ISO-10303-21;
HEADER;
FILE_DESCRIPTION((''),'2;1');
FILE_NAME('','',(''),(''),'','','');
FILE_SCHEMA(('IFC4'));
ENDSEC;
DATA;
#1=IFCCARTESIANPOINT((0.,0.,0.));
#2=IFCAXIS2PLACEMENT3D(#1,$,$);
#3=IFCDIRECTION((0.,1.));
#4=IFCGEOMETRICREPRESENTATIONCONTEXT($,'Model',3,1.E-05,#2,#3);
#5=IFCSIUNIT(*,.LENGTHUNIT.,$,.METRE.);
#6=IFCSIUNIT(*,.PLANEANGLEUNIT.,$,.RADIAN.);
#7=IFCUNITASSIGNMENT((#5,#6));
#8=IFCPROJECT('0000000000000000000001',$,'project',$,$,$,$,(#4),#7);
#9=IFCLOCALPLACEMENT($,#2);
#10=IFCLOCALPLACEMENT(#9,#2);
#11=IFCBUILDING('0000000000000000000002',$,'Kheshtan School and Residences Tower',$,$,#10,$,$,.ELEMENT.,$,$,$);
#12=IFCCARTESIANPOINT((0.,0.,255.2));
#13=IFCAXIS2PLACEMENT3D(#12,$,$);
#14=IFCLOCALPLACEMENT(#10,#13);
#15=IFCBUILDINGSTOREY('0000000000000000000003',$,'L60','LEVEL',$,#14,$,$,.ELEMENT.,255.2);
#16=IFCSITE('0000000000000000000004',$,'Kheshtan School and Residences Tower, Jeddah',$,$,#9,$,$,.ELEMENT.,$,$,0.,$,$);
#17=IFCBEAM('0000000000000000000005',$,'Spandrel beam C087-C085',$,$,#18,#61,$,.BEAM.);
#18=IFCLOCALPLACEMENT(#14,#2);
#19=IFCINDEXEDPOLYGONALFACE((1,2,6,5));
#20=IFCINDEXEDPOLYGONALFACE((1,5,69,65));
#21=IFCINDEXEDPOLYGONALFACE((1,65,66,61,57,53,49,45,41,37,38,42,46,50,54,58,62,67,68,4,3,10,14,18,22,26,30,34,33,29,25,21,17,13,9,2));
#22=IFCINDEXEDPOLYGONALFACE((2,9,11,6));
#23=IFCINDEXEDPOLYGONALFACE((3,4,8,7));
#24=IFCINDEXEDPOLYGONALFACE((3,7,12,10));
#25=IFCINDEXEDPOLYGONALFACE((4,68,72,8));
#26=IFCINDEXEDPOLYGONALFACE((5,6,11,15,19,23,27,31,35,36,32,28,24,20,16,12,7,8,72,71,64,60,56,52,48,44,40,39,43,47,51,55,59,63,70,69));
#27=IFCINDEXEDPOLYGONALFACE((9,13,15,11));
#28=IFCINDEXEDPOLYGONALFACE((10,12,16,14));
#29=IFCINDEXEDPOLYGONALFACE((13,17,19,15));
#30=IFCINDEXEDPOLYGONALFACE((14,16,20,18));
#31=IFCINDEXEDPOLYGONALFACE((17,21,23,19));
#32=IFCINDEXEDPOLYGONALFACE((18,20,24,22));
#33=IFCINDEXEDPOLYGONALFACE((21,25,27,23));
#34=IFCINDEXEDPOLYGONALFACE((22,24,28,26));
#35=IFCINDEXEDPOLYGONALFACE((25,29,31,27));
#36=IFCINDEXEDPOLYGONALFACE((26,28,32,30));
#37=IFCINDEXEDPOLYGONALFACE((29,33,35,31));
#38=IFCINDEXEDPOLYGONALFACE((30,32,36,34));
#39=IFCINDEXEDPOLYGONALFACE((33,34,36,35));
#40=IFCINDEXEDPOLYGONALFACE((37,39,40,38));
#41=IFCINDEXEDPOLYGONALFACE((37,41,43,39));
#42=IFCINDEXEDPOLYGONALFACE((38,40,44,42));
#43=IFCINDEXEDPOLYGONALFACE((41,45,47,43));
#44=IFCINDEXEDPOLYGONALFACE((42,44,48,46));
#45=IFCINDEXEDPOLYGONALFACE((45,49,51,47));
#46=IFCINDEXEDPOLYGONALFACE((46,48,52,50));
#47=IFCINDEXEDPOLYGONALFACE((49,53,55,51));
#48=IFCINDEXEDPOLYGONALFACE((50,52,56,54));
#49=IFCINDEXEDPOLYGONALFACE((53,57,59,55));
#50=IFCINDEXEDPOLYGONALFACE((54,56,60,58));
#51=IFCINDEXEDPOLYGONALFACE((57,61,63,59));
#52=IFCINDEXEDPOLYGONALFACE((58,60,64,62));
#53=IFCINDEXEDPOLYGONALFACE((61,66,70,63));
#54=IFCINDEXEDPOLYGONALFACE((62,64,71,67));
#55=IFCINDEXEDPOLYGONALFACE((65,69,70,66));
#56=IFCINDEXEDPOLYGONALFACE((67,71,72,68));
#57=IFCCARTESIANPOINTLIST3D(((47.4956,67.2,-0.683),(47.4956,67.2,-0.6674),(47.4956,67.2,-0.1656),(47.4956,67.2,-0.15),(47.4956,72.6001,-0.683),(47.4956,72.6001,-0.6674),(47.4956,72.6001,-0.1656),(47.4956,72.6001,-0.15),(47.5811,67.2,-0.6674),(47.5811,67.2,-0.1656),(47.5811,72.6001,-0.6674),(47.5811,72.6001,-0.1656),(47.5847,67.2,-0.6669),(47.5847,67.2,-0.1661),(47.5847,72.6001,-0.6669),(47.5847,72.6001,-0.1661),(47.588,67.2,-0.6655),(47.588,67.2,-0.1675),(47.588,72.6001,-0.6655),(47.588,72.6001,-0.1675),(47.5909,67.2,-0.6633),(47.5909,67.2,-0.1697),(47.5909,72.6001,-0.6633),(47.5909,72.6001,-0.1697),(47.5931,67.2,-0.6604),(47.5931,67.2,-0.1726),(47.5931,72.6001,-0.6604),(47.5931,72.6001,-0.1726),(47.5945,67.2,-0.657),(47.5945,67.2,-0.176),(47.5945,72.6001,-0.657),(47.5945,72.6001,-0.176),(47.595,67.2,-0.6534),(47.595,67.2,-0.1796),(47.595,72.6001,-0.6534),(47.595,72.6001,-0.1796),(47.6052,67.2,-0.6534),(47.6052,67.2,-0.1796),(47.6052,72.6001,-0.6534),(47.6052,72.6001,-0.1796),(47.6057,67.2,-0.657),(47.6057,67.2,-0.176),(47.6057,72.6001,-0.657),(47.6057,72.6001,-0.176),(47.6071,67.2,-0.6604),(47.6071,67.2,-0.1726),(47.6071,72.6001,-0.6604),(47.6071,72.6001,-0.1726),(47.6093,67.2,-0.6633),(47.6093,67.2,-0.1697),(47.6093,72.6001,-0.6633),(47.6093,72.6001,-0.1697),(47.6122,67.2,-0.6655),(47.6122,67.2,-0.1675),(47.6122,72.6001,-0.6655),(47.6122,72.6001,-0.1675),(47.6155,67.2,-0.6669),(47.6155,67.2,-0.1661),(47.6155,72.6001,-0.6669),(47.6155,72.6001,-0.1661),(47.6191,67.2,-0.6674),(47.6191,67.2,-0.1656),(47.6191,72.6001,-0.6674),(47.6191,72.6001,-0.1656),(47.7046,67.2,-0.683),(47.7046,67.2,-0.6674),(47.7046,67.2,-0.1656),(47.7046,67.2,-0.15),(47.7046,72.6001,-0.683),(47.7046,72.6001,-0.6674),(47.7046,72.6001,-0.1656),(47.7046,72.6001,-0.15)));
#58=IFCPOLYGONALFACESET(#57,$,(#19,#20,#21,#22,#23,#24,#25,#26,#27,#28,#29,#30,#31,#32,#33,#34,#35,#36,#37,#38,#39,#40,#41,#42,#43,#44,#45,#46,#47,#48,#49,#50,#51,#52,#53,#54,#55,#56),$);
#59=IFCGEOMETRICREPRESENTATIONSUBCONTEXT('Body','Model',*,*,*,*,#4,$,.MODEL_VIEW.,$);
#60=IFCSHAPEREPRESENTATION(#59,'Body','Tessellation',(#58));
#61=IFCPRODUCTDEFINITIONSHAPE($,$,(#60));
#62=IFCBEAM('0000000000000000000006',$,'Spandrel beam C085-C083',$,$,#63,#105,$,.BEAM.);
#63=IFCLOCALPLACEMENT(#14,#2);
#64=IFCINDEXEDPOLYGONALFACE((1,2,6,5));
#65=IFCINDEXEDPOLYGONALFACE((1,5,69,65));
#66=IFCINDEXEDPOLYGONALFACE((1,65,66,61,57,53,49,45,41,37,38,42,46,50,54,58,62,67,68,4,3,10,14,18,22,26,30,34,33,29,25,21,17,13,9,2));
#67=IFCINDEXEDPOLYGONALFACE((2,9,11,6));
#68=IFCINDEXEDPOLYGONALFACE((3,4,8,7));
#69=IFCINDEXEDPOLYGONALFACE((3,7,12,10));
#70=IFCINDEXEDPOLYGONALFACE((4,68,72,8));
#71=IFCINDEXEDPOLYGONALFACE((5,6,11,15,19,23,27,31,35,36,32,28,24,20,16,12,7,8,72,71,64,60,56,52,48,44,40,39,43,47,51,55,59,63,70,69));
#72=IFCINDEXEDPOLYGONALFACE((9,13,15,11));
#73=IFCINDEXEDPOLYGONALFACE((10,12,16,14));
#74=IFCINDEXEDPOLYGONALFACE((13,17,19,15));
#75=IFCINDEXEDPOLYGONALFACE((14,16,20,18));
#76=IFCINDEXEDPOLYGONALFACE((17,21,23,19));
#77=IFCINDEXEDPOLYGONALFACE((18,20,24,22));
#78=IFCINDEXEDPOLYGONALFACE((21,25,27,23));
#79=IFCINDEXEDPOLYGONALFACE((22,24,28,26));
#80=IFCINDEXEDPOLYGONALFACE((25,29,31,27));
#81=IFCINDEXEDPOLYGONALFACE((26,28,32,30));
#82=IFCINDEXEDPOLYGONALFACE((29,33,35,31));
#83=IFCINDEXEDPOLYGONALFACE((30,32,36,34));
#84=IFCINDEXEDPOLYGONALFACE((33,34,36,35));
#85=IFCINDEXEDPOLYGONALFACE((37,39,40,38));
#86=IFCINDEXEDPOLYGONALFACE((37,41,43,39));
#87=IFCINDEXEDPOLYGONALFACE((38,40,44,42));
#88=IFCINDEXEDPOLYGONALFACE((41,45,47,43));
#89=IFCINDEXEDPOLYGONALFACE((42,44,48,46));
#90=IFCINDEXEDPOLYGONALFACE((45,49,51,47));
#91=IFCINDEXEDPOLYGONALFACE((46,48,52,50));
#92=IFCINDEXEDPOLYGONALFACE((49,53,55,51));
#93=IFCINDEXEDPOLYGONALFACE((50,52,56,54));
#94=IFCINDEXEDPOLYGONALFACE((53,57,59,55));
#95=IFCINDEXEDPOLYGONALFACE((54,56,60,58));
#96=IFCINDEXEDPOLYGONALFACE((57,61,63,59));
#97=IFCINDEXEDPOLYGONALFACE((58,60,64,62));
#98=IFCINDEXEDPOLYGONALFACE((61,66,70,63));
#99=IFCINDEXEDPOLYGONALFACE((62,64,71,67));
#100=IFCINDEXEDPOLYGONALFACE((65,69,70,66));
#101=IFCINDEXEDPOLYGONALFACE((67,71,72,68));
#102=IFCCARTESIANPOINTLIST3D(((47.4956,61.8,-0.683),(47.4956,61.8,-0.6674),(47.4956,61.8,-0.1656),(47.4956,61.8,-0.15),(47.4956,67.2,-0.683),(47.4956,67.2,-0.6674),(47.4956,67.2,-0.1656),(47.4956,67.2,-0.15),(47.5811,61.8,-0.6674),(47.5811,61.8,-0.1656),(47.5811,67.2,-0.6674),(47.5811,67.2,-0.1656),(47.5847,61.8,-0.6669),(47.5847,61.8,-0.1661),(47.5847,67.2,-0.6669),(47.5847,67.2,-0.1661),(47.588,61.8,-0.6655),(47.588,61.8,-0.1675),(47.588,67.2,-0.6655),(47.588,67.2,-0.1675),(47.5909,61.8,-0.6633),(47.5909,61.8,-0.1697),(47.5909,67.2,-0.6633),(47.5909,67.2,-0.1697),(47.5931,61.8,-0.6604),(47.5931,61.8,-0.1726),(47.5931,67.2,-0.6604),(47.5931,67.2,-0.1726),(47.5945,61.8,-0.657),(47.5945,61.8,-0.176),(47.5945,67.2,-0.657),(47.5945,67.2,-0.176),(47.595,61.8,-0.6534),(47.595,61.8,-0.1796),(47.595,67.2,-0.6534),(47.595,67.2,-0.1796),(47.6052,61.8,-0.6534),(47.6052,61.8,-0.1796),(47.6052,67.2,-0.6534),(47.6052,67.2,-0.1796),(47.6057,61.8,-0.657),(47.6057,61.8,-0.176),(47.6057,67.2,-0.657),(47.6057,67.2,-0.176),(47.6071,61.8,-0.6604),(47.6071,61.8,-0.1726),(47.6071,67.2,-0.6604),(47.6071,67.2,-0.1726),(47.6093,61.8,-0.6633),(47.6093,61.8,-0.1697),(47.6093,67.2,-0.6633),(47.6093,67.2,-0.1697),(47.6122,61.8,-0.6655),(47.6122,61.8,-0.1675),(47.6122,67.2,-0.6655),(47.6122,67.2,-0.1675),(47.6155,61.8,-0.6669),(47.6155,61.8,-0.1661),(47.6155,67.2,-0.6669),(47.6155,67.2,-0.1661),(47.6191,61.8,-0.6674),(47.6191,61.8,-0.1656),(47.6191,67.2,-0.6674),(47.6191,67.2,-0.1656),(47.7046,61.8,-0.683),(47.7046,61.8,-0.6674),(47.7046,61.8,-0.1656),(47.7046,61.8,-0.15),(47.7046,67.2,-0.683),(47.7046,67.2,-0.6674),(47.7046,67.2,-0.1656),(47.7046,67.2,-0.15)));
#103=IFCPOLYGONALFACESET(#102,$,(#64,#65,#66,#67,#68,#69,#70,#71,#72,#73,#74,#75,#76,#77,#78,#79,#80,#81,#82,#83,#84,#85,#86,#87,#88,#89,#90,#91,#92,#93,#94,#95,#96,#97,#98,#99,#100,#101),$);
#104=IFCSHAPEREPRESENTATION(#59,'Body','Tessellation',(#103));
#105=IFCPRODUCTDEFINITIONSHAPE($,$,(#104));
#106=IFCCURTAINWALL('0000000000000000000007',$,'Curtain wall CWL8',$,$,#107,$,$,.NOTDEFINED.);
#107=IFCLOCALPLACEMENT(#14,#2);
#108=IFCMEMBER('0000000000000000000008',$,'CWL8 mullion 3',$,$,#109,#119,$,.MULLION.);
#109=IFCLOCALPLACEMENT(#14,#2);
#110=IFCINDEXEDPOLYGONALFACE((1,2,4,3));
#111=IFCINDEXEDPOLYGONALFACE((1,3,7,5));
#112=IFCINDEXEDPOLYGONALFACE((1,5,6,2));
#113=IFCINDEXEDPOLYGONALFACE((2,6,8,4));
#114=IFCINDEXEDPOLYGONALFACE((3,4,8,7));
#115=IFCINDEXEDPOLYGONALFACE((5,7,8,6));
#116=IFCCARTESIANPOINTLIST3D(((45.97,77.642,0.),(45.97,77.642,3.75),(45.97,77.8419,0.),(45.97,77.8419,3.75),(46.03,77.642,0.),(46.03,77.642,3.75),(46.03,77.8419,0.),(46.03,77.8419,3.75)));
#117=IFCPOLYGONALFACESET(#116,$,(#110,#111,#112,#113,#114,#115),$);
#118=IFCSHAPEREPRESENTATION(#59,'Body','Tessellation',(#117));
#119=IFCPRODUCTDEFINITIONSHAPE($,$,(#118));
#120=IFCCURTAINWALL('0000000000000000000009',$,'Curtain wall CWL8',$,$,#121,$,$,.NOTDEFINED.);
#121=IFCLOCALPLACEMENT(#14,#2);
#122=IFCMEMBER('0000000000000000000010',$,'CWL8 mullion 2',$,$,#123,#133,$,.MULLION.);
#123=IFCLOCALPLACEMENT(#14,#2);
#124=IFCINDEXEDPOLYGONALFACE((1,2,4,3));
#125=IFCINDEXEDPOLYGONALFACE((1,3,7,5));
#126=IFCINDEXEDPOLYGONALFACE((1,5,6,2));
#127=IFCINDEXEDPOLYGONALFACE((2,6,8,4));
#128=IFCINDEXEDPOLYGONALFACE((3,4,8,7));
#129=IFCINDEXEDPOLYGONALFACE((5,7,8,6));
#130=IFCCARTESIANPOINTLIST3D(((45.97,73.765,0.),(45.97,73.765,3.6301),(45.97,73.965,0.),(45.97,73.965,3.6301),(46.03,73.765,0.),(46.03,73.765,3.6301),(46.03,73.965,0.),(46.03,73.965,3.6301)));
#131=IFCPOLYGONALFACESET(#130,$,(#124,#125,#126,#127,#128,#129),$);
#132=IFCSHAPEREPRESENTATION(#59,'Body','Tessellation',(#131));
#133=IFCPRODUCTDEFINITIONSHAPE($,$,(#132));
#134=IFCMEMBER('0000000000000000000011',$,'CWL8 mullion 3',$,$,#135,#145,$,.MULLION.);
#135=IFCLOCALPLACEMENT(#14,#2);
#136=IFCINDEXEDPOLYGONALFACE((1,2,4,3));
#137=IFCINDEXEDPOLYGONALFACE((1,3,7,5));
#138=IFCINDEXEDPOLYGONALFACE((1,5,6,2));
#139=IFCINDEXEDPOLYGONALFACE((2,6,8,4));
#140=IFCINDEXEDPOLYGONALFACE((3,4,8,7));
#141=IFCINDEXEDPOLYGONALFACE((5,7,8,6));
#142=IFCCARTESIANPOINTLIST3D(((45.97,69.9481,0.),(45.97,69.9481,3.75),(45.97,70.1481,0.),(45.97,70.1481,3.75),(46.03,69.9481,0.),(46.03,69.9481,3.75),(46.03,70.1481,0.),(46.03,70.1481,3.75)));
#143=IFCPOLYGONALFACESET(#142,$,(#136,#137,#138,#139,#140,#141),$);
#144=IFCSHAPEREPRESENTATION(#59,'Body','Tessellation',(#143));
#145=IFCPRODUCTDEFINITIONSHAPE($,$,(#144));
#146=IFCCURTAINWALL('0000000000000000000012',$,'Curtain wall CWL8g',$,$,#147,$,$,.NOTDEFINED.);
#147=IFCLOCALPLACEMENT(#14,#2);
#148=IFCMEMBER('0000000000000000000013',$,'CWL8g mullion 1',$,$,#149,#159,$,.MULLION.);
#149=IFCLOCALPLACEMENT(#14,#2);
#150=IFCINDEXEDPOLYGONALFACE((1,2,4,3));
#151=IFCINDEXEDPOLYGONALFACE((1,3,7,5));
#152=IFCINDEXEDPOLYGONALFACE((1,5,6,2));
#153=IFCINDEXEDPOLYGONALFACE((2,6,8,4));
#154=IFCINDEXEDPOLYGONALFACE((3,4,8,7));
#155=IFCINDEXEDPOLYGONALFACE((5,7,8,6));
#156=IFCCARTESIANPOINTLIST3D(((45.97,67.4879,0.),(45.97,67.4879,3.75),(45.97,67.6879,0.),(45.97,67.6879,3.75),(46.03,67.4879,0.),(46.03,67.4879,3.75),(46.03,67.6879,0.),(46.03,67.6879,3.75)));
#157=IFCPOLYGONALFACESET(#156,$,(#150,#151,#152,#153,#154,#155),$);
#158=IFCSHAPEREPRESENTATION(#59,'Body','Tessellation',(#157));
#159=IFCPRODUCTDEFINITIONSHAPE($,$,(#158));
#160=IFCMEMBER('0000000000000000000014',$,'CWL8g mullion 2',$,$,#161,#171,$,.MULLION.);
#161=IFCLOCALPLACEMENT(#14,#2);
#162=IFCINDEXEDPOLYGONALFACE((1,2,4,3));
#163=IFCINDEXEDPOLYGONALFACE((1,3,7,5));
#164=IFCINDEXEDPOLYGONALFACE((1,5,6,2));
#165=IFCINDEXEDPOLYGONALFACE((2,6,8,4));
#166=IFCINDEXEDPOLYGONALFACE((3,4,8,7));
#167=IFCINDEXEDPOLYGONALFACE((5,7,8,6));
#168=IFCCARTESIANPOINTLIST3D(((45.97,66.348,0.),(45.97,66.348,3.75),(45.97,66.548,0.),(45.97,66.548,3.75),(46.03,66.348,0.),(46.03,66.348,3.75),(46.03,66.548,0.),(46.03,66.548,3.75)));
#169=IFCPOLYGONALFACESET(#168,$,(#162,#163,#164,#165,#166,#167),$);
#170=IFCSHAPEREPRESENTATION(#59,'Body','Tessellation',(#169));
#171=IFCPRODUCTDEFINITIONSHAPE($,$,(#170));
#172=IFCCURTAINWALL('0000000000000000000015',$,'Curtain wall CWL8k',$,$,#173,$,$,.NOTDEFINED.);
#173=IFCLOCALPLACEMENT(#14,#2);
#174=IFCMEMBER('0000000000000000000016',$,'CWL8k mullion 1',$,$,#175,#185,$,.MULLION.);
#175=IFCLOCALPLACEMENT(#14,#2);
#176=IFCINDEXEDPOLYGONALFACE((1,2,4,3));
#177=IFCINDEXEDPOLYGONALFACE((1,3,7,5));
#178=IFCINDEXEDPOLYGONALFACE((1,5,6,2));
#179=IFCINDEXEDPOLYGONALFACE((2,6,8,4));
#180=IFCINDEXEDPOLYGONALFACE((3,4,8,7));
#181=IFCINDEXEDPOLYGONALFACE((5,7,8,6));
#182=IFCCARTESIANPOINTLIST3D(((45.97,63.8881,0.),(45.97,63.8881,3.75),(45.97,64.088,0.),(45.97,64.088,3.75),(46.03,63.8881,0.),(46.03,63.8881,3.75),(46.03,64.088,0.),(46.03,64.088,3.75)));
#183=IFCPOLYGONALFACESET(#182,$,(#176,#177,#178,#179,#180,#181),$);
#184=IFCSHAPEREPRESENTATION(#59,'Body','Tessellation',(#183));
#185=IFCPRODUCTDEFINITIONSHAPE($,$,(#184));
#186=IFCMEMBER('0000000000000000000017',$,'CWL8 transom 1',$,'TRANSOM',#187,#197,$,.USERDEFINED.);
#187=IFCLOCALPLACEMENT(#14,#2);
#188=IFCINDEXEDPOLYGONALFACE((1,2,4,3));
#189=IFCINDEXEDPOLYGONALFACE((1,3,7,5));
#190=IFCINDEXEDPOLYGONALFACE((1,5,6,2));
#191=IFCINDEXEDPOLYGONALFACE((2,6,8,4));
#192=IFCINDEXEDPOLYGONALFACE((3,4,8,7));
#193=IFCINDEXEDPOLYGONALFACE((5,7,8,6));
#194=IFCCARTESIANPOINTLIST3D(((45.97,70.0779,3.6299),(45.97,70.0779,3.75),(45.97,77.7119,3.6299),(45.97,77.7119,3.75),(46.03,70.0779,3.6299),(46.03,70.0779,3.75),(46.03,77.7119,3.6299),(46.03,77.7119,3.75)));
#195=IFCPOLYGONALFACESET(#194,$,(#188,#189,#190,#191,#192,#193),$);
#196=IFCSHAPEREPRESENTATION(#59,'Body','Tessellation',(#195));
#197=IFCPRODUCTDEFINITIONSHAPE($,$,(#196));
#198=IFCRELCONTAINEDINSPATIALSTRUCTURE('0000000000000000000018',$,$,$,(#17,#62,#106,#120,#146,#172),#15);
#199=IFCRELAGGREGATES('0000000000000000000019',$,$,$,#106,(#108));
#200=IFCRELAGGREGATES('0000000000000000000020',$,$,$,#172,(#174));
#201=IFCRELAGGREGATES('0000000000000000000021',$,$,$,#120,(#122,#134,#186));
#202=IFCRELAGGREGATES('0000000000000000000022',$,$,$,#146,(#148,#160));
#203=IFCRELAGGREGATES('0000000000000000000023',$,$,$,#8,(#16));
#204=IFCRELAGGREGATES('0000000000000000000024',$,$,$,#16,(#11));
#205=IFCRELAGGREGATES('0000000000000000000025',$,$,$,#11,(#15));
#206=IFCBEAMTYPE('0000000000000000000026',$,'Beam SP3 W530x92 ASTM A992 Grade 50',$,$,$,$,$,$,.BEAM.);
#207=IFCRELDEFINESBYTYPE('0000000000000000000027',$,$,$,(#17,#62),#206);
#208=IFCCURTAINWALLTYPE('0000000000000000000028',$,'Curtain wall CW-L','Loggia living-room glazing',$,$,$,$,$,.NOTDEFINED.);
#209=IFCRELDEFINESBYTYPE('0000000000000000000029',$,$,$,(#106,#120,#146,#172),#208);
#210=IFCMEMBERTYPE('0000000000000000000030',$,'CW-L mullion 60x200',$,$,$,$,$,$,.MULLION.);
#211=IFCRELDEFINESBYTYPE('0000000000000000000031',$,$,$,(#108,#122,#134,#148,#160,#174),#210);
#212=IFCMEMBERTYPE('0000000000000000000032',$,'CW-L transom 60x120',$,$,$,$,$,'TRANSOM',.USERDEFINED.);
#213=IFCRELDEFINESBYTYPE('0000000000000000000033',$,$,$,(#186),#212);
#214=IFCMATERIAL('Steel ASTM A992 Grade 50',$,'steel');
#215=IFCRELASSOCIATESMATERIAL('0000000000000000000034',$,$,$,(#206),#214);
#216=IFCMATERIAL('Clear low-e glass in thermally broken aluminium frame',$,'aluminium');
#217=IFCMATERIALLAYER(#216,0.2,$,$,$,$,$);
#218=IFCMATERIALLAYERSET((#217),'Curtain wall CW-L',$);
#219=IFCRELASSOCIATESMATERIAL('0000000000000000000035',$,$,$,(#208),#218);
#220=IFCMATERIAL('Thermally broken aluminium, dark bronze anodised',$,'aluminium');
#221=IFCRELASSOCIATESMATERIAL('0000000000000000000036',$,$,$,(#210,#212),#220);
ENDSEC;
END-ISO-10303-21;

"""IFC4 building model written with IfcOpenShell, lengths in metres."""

from ifc_helpers import new_model, si_unit, direction, frame, origin, origin_2d, place, context, subcontext, project, spatial, rectangle, i_section, extrude, material, layer, layer_set, material_profile, profile_set, type_object, element, aggregate, save


model = new_model("IFC4")

# Units and contexts
model_context = context("Model", 3, precision=1e-05, world=origin(), true_north=direction((0.0, 1.0)))
body_context = subcontext(model_context, "Body", "Model", "MODEL_VIEW")
ifc_project = project(units=[si_unit("LENGTHUNIT", "METRE"), si_unit("PLANEANGLEUNIT", "RADIAN")], contexts=[model_context])

# Site, building, storey
site_placement = place(None, origin())
site = spatial("IfcSite", under=ifc_project, at=site_placement, Name="Kheshtan School and Residences Tower, Jeddah", CompositionType="ELEMENT", RefElevation=0.0)
building_placement = place(site_placement, origin())
building = spatial("IfcBuilding", under=site, at=building_placement, Name="Kheshtan School and Residences Tower", CompositionType="ELEMENT")
storey_placement = place(building_placement, frame((0.0, 0.0, 255.2)))
storey = spatial("IfcBuildingStorey", under=building, at=storey_placement, Name="L60", Description="LEVEL", CompositionType="ELEMENT", Elevation=255.2)

# Shared definitions
ifc_material_1 = material(Name="Steel ASTM A992 Grade 50", Category="steel")

# Beams
ifc_material_profile_1 = material_profile(ifc_material_1, i_section(OverallWidth=0.209, OverallDepth=0.533, WebThickness=0.0103, FlangeThickness=0.0156, FilletRadius=0.0139, at=origin_2d()), Name="W530x92")
ifc_profile_set_1 = profile_set([ifc_material_profile_1], Name="Steel ASTM A992 Grade 50")
beam_type_1 = type_object("IfcBeamType", Name="Beam SP3 W530x92 ASTM A992 Grade 50", PredefinedType="BEAM", material=ifc_profile_set_1)
beam_1_placement = place(storey_placement, frame((47.6001, 72.6001, -0.4165), z_axis=(0.0, -1.0, 0.0), x_axis=(1.0, 0.0, 0.0)))
element("IfcBeam", 1, at=beam_1_placement, inside=storey, type_object=beam_type_1, Name="Spandrel beam C087-C085", PredefinedType="BEAM", context=body_context, shape_type="SweptSolid", body=[
    extrude(i_section(OverallWidth=0.209, OverallDepth=0.533, WebThickness=0.0103, FlangeThickness=0.0156, FilletRadius=0.0139, at=origin_2d()), origin(), (0.0, 0.0, 1.0), 5.4001),
])
beam_2_placement = place(storey_placement, frame((47.6001, 67.2, -0.4165), z_axis=(0.0, -1.0, 0.0), x_axis=(1.0, 0.0, 0.0)))
element("IfcBeam", 2, at=beam_2_placement, inside=storey, type_object=beam_type_1, Name="Spandrel beam C085-C083", PredefinedType="BEAM", context=body_context, shape_type="SweptSolid", body=[
    extrude(i_section(OverallWidth=0.209, OverallDepth=0.533, WebThickness=0.0103, FlangeThickness=0.0156, FilletRadius=0.0139, at=origin_2d()), origin(), (0.0, 0.0, 1.0), 5.3999),
])

# Curtain wall, member
ifc_material_2 = material(Name="Clear low-e glass in thermally broken aluminium frame", Category="aluminium")
ifc_layer_1 = layer(ifc_material_2, 0.2)
ifc_layer_set_1 = layer_set([ifc_layer_1], Name="Curtain wall CW-L")
curtain_wall_type = type_object("IfcCurtainWallType", Name="Curtain wall CW-L", Description="Loggia living-room glazing", PredefinedType="NOTDEFINED", material=ifc_layer_set_1)
curtain_wall_1_placement = place(storey_placement, origin())
curtain_wall_1 = element("IfcCurtainWall", 3, at=curtain_wall_1_placement, inside=storey, type_object=curtain_wall_type, Name="Curtain wall CWL8", PredefinedType="NOTDEFINED")
ifc_material_3 = material(Name="Thermally broken aluminium, dark bronze anodised", Category="aluminium")
ifc_material_profile_2 = material_profile(ifc_material_3, rectangle(XDim=0.0601, YDim=0.2, at=origin_2d()), Name="CW-L mullion 60x200")
ifc_profile_set_2 = profile_set([ifc_material_profile_2], Name="Thermally broken aluminium, dark bronze anodised")
member_type_1 = type_object("IfcMemberType", Name="CW-L mullion 60x200", PredefinedType="MULLION", material=ifc_profile_set_2)
member_1_placement = place(storey_placement, frame((46.0, 77.7419, 0.0), z_axis=(0.0, 0.0, 1.0), x_axis=(1.0, 0.0, 0.0)))
member_1 = element("IfcMember", 4, at=member_1_placement, type_object=member_type_1, Name="CWL8 mullion 3", PredefinedType="MULLION", context=body_context, shape_type="SweptSolid", body=[
    extrude(rectangle(XDim=0.0601, YDim=0.2, at=origin_2d()), origin(), (0.0, 0.0, 1.0), 3.75),
])
aggregate(curtain_wall_1, [member_1])

# Curtain walls, members
curtain_wall_2_placement = place(storey_placement, origin())
curtain_wall_2 = element("IfcCurtainWall", 5, at=curtain_wall_2_placement, inside=storey, type_object=curtain_wall_type, Name="Curtain wall CWL8", PredefinedType="NOTDEFINED")
member_2_placement = place(storey_placement, frame((46.0, 73.865, 0.0), z_axis=(0.0, 0.0, 1.0), x_axis=(1.0, 0.0, 0.0)))
member_2 = element("IfcMember", 6, at=member_2_placement, type_object=member_type_1, Name="CWL8 mullion 2", PredefinedType="MULLION", context=body_context, shape_type="SweptSolid", body=[
    extrude(rectangle(XDim=0.0601, YDim=0.2, at=origin_2d()), origin(), (0.0, 0.0, 1.0), 3.6301),
])
member_3_placement = place(storey_placement, frame((46.0, 70.0481, 0.0), z_axis=(0.0, 0.0, 1.0), x_axis=(1.0, 0.0, 0.0)))
member_3 = element("IfcMember", 7, at=member_3_placement, type_object=member_type_1, Name="CWL8 mullion 3", PredefinedType="MULLION", context=body_context, shape_type="SweptSolid", body=[
    extrude(rectangle(XDim=0.0601, YDim=0.2, at=origin_2d()), origin(), (0.0, 0.0, 1.0), 3.75),
])
curtain_wall_3_placement = place(storey_placement, origin())
curtain_wall_3 = element("IfcCurtainWall", 8, at=curtain_wall_3_placement, inside=storey, type_object=curtain_wall_type, Name="Curtain wall CWL8g", PredefinedType="NOTDEFINED")
member_4_placement = place(storey_placement, frame((46.0, 67.5879, 0.0), z_axis=(0.0, 0.0, 1.0), x_axis=(1.0, 0.0, 0.0)))
member_4 = element("IfcMember", 9, at=member_4_placement, type_object=member_type_1, Name="CWL8g mullion 1", PredefinedType="MULLION", context=body_context, shape_type="SweptSolid", body=[
    extrude(rectangle(XDim=0.0601, YDim=0.2, at=origin_2d()), origin(), (0.0, 0.0, 1.0), 3.75),
])
member_5_placement = place(storey_placement, frame((46.0, 66.448, 0.0), z_axis=(0.0, 0.0, 1.0), x_axis=(1.0, 0.0, 0.0)))
member_5 = element("IfcMember", 10, at=member_5_placement, type_object=member_type_1, Name="CWL8g mullion 2", PredefinedType="MULLION", context=body_context, shape_type="SweptSolid", body=[
    extrude(rectangle(XDim=0.0601, YDim=0.2, at=origin_2d()), origin(), (0.0, 0.0, 1.0), 3.75),
])

# Curtain wall, member
curtain_wall_4_placement = place(storey_placement, origin())
curtain_wall_4 = element("IfcCurtainWall", 11, at=curtain_wall_4_placement, inside=storey, type_object=curtain_wall_type, Name="Curtain wall CWL8k", PredefinedType="NOTDEFINED")
member_6_placement = place(storey_placement, frame((46.0, 63.988, 0.0), z_axis=(0.0, 0.0, 1.0), x_axis=(1.0, 0.0, 0.0)))
member_6 = element("IfcMember", 12, at=member_6_placement, type_object=member_type_1, Name="CWL8k mullion 1", PredefinedType="MULLION", context=body_context, shape_type="SweptSolid", body=[
    extrude(rectangle(XDim=0.0601, YDim=0.2, at=origin_2d()), origin(), (0.0, 0.0, 1.0), 3.75),
])
aggregate(curtain_wall_4, [member_6])

# Member
ifc_material_profile_3 = material_profile(ifc_material_3, rectangle(XDim=0.0601, YDim=0.1201, at=origin_2d()), Name="CW-L transom 60x120")
ifc_profile_set_3 = profile_set([ifc_material_profile_3], Name="Thermally broken aluminium, dark bronze anodised")
member_type_2 = type_object("IfcMemberType", Name="CW-L transom 60x120", ElementType="TRANSOM", PredefinedType="USERDEFINED", material=ifc_profile_set_3)
member_7_placement = place(storey_placement, frame((46.0, 77.7119, 3.6899), z_axis=(0.0, -1.0, 0.0), x_axis=(1.0, 0.0, 0.0)))
member_7 = element("IfcMember", 13, at=member_7_placement, type_object=member_type_2, Name="CWL8 transom 1", ObjectType="TRANSOM", PredefinedType="USERDEFINED", context=body_context, shape_type="SweptSolid", body=[
    extrude(rectangle(XDim=0.0601, YDim=0.1201, at=origin_2d()), origin(), (0.0, 0.0, 1.0), 7.634),
])

aggregate(curtain_wall_2, [member_2, member_3, member_7])
aggregate(curtain_wall_3, [member_4, member_5])

save(model, "model.ifc")
